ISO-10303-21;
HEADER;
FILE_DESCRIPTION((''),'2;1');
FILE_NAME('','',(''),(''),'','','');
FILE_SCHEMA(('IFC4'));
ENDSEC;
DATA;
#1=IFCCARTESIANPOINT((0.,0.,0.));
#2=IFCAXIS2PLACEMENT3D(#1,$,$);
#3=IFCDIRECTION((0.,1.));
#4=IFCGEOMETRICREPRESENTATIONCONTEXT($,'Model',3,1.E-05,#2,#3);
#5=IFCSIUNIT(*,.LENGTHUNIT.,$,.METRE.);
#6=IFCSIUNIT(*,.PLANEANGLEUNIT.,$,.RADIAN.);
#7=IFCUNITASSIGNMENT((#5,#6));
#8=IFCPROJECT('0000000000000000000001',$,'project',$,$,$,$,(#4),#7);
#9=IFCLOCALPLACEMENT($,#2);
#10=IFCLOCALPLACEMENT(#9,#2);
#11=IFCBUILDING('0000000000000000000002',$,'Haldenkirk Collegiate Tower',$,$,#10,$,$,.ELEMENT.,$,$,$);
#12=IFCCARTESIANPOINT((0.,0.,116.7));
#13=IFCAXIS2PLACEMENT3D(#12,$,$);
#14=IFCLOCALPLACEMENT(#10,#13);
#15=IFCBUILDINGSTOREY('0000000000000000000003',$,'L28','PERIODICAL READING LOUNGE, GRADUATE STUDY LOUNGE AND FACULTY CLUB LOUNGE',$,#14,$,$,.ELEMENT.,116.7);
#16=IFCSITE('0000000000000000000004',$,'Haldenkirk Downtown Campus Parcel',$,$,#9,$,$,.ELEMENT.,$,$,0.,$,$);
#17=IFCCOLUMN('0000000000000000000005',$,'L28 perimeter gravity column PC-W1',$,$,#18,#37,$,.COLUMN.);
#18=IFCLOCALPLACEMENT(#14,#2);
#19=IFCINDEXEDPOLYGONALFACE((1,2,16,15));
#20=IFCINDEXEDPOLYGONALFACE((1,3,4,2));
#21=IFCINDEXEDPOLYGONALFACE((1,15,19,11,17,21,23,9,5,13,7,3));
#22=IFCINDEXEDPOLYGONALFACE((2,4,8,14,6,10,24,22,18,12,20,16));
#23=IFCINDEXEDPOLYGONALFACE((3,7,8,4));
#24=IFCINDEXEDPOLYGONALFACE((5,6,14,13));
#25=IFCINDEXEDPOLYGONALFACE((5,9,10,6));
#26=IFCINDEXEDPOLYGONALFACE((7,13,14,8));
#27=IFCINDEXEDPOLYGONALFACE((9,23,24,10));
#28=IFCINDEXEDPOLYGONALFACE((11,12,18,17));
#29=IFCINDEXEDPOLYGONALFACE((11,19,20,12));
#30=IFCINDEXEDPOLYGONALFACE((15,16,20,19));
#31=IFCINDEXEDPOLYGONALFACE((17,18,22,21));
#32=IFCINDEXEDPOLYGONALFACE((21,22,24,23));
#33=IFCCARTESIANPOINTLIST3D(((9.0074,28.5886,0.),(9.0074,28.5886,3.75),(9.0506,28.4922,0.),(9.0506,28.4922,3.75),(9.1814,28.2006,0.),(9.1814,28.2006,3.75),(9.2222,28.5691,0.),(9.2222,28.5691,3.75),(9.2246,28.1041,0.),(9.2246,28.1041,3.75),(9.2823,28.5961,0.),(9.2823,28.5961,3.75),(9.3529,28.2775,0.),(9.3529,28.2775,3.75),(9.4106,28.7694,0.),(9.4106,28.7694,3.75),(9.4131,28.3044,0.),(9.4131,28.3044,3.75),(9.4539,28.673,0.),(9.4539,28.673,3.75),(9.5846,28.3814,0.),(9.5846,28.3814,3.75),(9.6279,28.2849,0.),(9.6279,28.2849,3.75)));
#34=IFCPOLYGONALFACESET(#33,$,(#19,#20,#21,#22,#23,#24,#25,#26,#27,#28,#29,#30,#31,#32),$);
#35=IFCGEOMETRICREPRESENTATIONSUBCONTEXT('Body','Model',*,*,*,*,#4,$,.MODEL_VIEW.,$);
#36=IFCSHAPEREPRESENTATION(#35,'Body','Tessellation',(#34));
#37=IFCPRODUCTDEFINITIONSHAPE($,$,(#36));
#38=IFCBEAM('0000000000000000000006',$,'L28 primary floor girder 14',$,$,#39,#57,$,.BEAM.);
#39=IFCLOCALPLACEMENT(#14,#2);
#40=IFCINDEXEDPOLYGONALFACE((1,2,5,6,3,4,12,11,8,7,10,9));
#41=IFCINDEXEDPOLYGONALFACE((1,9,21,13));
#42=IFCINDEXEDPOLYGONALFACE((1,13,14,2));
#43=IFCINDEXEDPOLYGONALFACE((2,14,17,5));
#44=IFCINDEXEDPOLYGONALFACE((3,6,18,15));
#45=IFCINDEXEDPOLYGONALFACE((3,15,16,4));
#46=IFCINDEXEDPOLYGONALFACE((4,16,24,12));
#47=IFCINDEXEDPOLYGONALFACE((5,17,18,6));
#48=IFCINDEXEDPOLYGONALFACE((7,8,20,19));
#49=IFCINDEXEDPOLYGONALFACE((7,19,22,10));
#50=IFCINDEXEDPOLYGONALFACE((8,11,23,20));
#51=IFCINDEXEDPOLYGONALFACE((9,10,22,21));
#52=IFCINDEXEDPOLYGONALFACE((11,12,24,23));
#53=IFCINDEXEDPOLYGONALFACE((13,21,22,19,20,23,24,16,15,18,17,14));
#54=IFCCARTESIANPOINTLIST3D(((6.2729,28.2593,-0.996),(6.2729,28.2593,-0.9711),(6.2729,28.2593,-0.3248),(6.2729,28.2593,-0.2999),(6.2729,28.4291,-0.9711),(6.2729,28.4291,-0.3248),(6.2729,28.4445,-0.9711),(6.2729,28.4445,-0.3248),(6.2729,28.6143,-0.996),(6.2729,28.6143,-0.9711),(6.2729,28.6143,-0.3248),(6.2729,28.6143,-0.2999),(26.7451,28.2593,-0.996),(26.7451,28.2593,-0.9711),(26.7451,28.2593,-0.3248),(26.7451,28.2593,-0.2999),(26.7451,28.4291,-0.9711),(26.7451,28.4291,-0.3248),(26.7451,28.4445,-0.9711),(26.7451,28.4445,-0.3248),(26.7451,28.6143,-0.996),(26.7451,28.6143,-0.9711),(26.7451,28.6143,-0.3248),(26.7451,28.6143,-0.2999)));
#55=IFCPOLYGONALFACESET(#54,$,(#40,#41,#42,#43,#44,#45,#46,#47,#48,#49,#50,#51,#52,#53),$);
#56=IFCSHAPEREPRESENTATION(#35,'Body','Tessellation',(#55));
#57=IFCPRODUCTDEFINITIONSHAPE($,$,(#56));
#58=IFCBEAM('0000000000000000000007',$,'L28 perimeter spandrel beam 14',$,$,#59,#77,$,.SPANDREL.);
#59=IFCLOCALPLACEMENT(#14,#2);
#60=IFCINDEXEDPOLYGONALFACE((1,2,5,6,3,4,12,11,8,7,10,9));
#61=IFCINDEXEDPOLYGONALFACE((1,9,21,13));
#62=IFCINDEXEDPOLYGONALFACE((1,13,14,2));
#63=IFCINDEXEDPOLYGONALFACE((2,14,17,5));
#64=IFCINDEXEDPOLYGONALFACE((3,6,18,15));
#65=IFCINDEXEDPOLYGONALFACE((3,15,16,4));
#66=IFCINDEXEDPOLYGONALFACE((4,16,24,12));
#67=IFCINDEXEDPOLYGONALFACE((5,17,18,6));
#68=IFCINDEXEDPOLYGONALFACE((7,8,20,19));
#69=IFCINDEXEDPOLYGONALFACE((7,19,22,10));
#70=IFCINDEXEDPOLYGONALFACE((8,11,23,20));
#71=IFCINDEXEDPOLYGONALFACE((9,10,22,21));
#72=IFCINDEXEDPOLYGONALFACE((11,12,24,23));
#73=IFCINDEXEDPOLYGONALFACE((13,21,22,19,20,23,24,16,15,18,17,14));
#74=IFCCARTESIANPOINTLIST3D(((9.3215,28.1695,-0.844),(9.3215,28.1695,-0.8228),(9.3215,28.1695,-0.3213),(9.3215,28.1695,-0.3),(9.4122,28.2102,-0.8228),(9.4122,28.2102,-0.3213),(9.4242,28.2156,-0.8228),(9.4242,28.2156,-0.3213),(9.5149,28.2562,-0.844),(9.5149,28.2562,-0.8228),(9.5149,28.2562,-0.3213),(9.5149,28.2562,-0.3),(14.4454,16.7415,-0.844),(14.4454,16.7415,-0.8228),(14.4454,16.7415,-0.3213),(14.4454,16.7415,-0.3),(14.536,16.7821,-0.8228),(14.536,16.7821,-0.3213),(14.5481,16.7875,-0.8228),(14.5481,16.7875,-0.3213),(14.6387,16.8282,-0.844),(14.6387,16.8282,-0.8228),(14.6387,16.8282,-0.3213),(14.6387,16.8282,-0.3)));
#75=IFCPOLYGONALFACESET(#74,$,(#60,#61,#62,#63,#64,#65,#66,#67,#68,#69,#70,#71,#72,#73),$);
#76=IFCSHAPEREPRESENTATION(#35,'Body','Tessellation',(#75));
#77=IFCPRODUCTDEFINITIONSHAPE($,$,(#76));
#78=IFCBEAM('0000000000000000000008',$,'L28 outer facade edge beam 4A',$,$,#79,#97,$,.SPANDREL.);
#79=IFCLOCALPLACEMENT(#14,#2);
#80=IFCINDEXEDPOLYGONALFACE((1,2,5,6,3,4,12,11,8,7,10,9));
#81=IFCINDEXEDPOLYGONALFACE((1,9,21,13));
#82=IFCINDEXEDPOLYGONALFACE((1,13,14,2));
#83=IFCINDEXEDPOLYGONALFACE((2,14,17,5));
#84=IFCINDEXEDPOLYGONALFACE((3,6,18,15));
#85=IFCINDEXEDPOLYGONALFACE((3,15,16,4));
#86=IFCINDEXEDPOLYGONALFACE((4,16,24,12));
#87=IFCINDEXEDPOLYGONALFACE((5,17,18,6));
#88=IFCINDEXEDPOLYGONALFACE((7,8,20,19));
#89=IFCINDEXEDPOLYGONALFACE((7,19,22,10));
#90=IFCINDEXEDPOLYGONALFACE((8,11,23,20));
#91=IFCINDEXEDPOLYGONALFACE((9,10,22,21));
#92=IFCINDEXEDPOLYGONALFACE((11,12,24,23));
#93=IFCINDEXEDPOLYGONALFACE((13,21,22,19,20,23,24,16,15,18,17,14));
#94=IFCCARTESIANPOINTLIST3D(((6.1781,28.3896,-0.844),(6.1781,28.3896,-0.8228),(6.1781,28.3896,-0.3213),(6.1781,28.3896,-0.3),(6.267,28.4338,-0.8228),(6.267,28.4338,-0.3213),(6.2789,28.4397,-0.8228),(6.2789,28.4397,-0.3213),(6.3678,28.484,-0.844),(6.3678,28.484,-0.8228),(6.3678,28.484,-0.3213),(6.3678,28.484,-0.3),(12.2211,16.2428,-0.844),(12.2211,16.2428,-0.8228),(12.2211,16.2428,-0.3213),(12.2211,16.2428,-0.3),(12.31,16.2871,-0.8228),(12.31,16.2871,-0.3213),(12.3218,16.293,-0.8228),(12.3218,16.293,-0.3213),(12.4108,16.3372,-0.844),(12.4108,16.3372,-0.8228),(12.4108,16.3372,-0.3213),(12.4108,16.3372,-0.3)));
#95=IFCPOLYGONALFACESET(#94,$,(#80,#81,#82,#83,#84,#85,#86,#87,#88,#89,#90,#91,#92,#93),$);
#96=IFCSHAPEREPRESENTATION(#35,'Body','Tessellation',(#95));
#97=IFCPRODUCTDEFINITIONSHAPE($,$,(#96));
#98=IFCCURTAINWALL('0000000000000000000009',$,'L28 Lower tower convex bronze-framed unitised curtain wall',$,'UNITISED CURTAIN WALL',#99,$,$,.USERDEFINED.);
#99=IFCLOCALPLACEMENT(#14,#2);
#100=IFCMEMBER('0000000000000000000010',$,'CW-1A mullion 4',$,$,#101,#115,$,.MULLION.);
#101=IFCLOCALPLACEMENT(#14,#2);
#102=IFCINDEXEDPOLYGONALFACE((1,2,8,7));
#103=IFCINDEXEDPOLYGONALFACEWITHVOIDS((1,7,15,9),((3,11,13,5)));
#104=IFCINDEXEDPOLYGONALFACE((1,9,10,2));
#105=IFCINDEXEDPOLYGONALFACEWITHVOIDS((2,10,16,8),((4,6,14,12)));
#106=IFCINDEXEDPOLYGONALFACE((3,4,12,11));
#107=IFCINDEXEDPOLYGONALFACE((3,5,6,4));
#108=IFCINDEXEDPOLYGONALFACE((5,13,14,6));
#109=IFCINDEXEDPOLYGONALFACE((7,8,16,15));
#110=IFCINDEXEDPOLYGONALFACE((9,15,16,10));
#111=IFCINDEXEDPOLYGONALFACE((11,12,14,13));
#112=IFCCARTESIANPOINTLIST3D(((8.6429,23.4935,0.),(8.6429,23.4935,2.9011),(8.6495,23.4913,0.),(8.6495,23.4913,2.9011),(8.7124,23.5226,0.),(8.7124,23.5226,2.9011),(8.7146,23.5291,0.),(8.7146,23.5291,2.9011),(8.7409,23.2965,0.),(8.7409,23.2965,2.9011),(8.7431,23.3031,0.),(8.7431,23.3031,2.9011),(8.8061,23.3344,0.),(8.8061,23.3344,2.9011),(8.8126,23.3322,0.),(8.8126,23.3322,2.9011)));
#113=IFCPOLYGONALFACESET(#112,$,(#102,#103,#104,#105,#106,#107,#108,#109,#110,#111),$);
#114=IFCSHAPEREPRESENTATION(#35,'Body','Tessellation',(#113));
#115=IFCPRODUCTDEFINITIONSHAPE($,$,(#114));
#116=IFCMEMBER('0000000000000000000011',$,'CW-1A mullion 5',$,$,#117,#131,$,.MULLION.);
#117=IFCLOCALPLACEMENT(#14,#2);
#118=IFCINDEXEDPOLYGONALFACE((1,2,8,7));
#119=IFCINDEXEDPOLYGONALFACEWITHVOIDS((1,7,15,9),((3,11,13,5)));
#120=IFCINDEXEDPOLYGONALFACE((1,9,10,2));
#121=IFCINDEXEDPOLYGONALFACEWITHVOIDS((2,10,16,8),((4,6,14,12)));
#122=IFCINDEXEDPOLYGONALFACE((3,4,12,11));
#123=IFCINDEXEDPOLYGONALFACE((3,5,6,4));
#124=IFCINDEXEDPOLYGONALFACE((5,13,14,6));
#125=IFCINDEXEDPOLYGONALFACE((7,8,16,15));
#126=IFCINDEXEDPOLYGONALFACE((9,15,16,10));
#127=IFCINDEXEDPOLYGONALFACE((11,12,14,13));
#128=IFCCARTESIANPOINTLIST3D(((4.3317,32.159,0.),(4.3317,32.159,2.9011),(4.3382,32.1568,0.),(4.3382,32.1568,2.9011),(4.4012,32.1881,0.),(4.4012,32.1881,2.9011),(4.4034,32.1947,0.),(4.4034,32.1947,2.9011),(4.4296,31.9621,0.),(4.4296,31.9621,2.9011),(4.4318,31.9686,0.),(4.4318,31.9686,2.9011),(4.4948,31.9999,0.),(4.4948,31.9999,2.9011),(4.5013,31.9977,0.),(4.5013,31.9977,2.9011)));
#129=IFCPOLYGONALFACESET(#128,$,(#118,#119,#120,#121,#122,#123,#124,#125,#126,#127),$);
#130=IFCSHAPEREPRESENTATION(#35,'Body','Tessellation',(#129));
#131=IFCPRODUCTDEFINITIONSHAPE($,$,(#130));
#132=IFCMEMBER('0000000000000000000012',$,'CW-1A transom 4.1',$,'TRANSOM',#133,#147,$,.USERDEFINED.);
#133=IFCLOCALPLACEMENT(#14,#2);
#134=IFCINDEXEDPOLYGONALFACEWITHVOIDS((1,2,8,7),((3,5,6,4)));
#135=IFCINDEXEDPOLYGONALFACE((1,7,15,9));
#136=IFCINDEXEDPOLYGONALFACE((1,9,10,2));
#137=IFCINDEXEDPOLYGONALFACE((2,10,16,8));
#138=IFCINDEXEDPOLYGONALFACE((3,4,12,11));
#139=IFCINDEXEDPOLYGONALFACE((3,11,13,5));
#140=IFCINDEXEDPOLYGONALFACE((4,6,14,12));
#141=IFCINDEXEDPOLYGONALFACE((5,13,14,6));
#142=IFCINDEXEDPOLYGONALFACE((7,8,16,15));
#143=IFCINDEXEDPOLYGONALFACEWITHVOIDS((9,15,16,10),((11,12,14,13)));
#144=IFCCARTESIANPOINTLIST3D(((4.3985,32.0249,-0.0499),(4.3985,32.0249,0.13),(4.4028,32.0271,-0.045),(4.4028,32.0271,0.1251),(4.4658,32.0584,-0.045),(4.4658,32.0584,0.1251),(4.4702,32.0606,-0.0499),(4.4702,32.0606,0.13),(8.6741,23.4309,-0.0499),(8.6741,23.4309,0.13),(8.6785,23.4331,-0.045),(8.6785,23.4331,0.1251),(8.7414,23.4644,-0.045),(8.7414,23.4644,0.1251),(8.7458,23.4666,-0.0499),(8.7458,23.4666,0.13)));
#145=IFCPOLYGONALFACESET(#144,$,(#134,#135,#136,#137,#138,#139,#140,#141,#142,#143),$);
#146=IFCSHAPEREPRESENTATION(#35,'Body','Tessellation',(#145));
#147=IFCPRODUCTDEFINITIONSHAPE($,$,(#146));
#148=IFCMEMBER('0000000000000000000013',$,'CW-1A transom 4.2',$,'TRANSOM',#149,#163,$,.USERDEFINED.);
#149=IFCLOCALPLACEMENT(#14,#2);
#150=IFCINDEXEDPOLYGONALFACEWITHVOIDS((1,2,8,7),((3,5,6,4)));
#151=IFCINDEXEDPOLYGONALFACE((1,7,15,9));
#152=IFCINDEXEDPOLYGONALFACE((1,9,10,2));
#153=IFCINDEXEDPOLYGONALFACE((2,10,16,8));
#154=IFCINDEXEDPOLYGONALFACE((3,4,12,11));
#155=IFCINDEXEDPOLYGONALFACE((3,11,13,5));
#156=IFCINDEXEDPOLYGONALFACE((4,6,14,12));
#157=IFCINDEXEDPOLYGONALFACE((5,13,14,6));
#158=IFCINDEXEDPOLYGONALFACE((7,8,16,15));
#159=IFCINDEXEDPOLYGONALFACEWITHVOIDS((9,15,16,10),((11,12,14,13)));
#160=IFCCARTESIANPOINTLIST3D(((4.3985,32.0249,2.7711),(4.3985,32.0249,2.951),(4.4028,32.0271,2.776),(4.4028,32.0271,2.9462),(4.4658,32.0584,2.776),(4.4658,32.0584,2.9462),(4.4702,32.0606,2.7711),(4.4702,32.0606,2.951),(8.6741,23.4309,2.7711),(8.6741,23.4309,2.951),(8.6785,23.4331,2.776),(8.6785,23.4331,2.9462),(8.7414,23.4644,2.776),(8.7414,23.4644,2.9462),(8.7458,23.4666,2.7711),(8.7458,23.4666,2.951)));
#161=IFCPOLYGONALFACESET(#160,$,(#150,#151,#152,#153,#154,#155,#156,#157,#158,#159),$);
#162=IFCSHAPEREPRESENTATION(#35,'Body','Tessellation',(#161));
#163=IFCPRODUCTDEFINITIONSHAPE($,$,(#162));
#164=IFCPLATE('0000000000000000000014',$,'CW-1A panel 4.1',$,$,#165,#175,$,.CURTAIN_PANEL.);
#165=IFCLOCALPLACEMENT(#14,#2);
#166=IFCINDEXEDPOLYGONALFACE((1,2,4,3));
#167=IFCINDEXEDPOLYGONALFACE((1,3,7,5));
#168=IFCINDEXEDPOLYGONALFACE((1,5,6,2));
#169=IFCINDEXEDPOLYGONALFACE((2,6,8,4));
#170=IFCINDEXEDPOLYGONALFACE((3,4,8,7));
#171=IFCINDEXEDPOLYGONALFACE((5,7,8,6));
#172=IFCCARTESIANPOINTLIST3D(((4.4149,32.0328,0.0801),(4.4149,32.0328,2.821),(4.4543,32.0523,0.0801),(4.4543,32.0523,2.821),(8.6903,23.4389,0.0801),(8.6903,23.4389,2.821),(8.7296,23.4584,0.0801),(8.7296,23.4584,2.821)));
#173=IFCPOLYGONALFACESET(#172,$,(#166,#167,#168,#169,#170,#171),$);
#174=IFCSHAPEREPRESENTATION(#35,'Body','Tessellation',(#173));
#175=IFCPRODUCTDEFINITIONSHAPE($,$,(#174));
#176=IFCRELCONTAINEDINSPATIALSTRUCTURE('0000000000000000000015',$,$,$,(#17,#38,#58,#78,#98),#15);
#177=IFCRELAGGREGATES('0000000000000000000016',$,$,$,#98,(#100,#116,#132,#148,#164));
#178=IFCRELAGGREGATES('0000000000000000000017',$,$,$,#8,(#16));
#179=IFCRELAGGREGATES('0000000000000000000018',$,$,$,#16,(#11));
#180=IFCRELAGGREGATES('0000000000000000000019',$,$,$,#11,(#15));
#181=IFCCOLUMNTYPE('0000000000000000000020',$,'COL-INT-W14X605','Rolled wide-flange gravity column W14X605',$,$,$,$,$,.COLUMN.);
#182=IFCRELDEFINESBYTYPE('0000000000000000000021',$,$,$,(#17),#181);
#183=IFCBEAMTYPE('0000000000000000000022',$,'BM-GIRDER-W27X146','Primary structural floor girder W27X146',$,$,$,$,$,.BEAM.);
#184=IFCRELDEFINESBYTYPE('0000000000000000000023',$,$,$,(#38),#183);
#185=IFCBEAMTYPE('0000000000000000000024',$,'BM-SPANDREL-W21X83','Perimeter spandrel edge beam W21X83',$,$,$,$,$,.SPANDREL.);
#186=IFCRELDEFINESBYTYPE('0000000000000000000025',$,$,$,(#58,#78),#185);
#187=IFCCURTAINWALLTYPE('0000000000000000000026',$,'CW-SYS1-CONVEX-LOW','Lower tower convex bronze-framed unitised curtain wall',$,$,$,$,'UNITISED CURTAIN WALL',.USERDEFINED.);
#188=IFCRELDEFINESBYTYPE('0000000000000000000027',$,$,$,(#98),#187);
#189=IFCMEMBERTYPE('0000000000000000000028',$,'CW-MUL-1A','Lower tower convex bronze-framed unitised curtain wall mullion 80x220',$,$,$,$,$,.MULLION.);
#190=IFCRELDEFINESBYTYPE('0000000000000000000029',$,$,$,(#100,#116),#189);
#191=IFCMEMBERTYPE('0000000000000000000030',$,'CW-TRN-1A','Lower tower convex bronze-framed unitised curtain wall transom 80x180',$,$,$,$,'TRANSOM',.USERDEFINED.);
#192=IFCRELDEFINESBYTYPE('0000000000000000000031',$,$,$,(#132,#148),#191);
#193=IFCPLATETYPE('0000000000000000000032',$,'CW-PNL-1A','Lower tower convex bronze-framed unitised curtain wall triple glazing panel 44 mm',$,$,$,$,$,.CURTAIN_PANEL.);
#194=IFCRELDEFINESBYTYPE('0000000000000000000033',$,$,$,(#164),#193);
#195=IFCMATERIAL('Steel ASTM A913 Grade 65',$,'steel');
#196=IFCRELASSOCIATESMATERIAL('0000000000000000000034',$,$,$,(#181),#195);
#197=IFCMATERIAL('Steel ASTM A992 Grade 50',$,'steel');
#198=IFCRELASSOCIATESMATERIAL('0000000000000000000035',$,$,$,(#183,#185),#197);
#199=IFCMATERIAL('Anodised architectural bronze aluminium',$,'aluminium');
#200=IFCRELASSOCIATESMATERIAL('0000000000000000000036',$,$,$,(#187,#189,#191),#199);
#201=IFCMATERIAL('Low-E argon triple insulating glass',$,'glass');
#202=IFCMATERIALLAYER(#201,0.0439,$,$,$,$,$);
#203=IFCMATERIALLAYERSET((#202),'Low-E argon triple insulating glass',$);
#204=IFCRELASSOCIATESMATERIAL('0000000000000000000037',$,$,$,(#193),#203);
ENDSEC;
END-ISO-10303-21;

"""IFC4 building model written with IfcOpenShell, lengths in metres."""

from ifc_helpers import new_model, si_unit, direction, frame, origin, origin_2d, place, context, subcontext, project, spatial, rectangle, hollow_rectangle, i_section, extrude, source, transform, mapped, material, layer, layer_set, material_profile, profile_set, type_object, element, aggregate, save


model = new_model("IFC4")

# Units and contexts
model_context = context("Model", 3, precision=1e-05, world=origin(), true_north=direction((0.0, 1.0)))
body_context = subcontext(model_context, "Body", "Model", "MODEL_VIEW")
ifc_project = project(units=[si_unit("LENGTHUNIT", "METRE"), si_unit("PLANEANGLEUNIT", "RADIAN")], contexts=[model_context])

# Site, building, storey
site_placement = place(None, origin())
site = spatial("IfcSite", under=ifc_project, at=site_placement, Name="Haldenkirk Downtown Campus Parcel", CompositionType="ELEMENT", RefElevation=0.0)
building_placement = place(site_placement, origin())
building = spatial("IfcBuilding", under=site, at=building_placement, Name="Haldenkirk Collegiate Tower", CompositionType="ELEMENT")
storey_placement = place(building_placement, frame((0.0, 0.0, 116.7)))
storey = spatial("IfcBuildingStorey", under=building, at=storey_placement, Name="L28", Description="PERIODICAL READING LOUNGE, GRADUATE STUDY LOUNGE AND FACULTY CLUB LOUNGE", CompositionType="ELEMENT", Elevation=116.7)

# Column
ifc_material_1 = material(Name="Steel ASTM A913 Grade 65", Category="steel")
ifc_material_profile_1 = material_profile(ifc_material_1, i_section(OverallWidth=0.4419, OverallDepth=0.531, WebThickness=0.0659, FlangeThickness=0.1057, at=origin_2d()), Name="W14X605")
ifc_profile_set_1 = profile_set([ifc_material_profile_1], Name="Steel ASTM A913 Grade 65")
column_type = type_object("IfcColumnType", Name="COL-INT-W14X605", Description="Rolled wide-flange gravity column W14X605", PredefinedType="COLUMN", material=ifc_profile_set_1)
column_placement = place(storey_placement, frame((9.3176, 28.4368, 0.0), z_axis=(0.0, 0.0, 1.0), x_axis=(0.912477, 0.409127, 0.0)))
element("IfcColumn", 1, at=column_placement, inside=storey, type_object=column_type, Name="L28 perimeter gravity column PC-W1", PredefinedType="COLUMN", context=body_context, shape_type="SweptSolid", body=[
    extrude(i_section(OverallWidth=0.4419, OverallDepth=0.531, WebThickness=0.0659, FlangeThickness=0.1057, at=origin_2d()), origin(), (0.0, 0.0, 1.0), 3.75),
])

# Beams
ifc_material_2 = material(Name="Steel ASTM A992 Grade 50", Category="steel")
ifc_material_profile_2 = material_profile(ifc_material_2, i_section(OverallWidth=0.355, OverallDepth=0.696, WebThickness=0.0154, FlangeThickness=0.0249, at=origin_2d()), Name="W27X146")
ifc_profile_set_2 = profile_set([ifc_material_profile_2], Name="Steel ASTM A992 Grade 50")
beam_type_1 = type_object("IfcBeamType", Name="BM-GIRDER-W27X146", Description="Primary structural floor girder W27X146", PredefinedType="BEAM", material=ifc_profile_set_2)
beam_1_placement = place(storey_placement, frame((6.2729, 28.4368, -0.6479), z_axis=(1.0, 0.0, 0.0), x_axis=(0.0, 1.0, 0.0)))
element("IfcBeam", 2, at=beam_1_placement, inside=storey, type_object=beam_type_1, Name="L28 primary floor girder 14", PredefinedType="BEAM", context=body_context, shape_type="SweptSolid", body=[
    extrude(i_section(OverallWidth=0.355, OverallDepth=0.696, WebThickness=0.0154, FlangeThickness=0.0249, at=origin_2d()), origin(), (0.0, 0.0, 1.0), 20.4722),
])
ifc_material_profile_3 = material_profile(ifc_material_2, i_section(OverallWidth=0.2119, OverallDepth=0.5439, WebThickness=0.0132, FlangeThickness=0.0212, at=origin_2d()), Name="W21X83")
ifc_profile_set_3 = profile_set([ifc_material_profile_3], Name="Steel ASTM A992 Grade 50")
beam_type_2 = type_object("IfcBeamType", Name="BM-SPANDREL-W21X83", Description="Perimeter spandrel edge beam W21X83", PredefinedType="SPANDREL", material=ifc_profile_set_3)
beam_2_placement = place(storey_placement, frame((9.4182, 28.2129, -0.572), z_axis=(0.409115, -0.912483, 0.0), x_axis=(0.912483, 0.409115, 0.0)))
element("IfcBeam", 3, at=beam_2_placement, inside=storey, type_object=beam_type_2, Name="L28 perimeter spandrel beam 14", PredefinedType="SPANDREL", context=body_context, shape_type="SweptSolid", body=[
    extrude(i_section(OverallWidth=0.2119, OverallDepth=0.5439, WebThickness=0.0132, FlangeThickness=0.0212, at=origin_2d()), origin(), (0.0, 0.0, 1.0), 12.5242),
])
beam_3_placement = place(storey_placement, frame((6.2729, 28.4368, -0.572), z_axis=(0.44542, -0.895322, 0.0), x_axis=(0.895322, 0.44542, 0.0)))
element("IfcBeam", 4, at=beam_3_placement, inside=storey, type_object=beam_type_2, Name="L28 outer facade edge beam 4A", PredefinedType="SPANDREL", context=body_context, shape_type="SweptSolid", body=[
    extrude(i_section(OverallWidth=0.2119, OverallDepth=0.5439, WebThickness=0.0132, FlangeThickness=0.0212, at=origin_2d()), origin(), (0.0, 0.0, 1.0), 13.5669),
])

# Curtain wall, members, plate
ifc_material_3 = material(Name="Anodised architectural bronze aluminium", Category="aluminium")
curtain_wall_type = type_object("IfcCurtainWallType", Name="CW-SYS1-CONVEX-LOW", Description="Lower tower convex bronze-framed unitised curtain wall", ElementType="UNITISED CURTAIN WALL", PredefinedType="USERDEFINED", material=ifc_material_3)
curtain_wall_placement = place(storey_placement, origin())
curtain_wall = element("IfcCurtainWall", 5, at=curtain_wall_placement, inside=storey, type_object=curtain_wall_type, Name="L28 Lower tower convex bronze-framed unitised curtain wall", ObjectType="UNITISED CURTAIN WALL", PredefinedType="USERDEFINED")
ifc_material_profile_4 = material_profile(ifc_material_3, hollow_rectangle(XDim=0.0801, YDim=0.22, WallThickness=0.0049, at=origin_2d()), Name="CW-MUL-1A")
ifc_profile_set_4 = profile_set([ifc_material_profile_4], Name="Anodised architectural bronze aluminium")
member_type_1 = type_object("IfcMemberType", Name="CW-MUL-1A", Description="Lower tower convex bronze-framed unitised curtain wall mullion 80x220", PredefinedType="MULLION", material=ifc_profile_set_4)
member_1_placement = place(storey_placement, frame((8.7278, 23.4128, 0.0), z_axis=(0.0, 0.0, 1.0), x_axis=(-0.895324, -0.445415, 0.0)))
member_1 = element("IfcMember", 6, at=member_1_placement, type_object=member_type_1, Name="CW-1A mullion 4", PredefinedType="MULLION", context=body_context, shape_type="SweptSolid", body=[
    extrude(hollow_rectangle(XDim=0.0801, YDim=0.22, WallThickness=0.0049, at=origin_2d()), origin(), (0.0, 0.0, 1.0), 2.9011),
])
member_2_placement = place(storey_placement, frame((4.4165, 32.0784, 0.0), z_axis=(0.0, 0.0, 1.0), x_axis=(-0.895324, -0.445415, 0.0)))
member_2 = element("IfcMember", 7, at=member_2_placement, type_object=member_type_1, Name="CW-1A mullion 5", PredefinedType="MULLION", context=body_context, shape_type="SweptSolid", body=[
    extrude(hollow_rectangle(XDim=0.0801, YDim=0.22, WallThickness=0.0049, at=origin_2d()), origin(), (0.0, 0.0, 1.0), 2.9011),
])
ifc_material_profile_5 = material_profile(ifc_material_3, hollow_rectangle(XDim=0.0801, YDim=0.1799, WallThickness=0.0049, at=origin_2d()), Name="CW-TRN-1A")
ifc_profile_set_5 = profile_set([ifc_material_profile_5], Name="Anodised architectural bronze aluminium")
member_type_2 = type_object("IfcMemberType", Name="CW-TRN-1A", Description="Lower tower convex bronze-framed unitised curtain wall transom 80x180", ElementType="TRANSOM", PredefinedType="USERDEFINED", material=ifc_profile_set_5)
member_3_placement = place(storey_placement, frame((8.71, 23.4487, 0.04), z_axis=(-0.445432, 0.895316, 0.0), x_axis=(-0.895316, -0.445432, 0.0)))
member_3 = element("IfcMember", 8, at=member_3_placement, type_object=member_type_2, Name="CW-1A transom 4.1", ObjectType="TRANSOM", PredefinedType="USERDEFINED", context=body_context, shape_type="SweptSolid", body=[
    extrude(hollow_rectangle(XDim=0.0801, YDim=0.1799, WallThickness=0.0049, at=origin_2d()), origin(), (0.0, 0.0, 1.0), 9.5989),
])
member_4_placement = place(storey_placement, frame((8.71, 23.4487, 2.8611), z_axis=(-0.445432, 0.895316, 0.0), x_axis=(-0.895316, -0.445432, 0.0)))
member_4 = element("IfcMember", 9, at=member_4_placement, type_object=member_type_2, Name="CW-1A transom 4.2", ObjectType="TRANSOM", PredefinedType="USERDEFINED", context=body_context, shape_type="SweptSolid", body=[
    extrude(hollow_rectangle(XDim=0.0801, YDim=0.1799, WallThickness=0.0049, at=origin_2d()), origin(), (0.0, 0.0, 1.0), 9.5989),
])
ifc_material_4 = material(Name="Low-E argon triple insulating glass", Category="glass")
ifc_layer_1 = layer(ifc_material_4, 0.0439)
ifc_layer_set_1 = layer_set([ifc_layer_1], Name="Low-E argon triple insulating glass")
plate_type = type_object("IfcPlateType", Name="CW-PNL-1A", Description="Lower tower convex bronze-framed unitised curtain wall triple glazing panel 44 mm", PredefinedType="CURTAIN_PANEL", material=ifc_layer_set_1)
shared_shape_1 = source(origin(), body_context, "Body", "SweptSolid", [
    extrude(rectangle(XDim=9.5986, YDim=0.0439, at=origin_2d()), origin(), (0.0, 0.0, 1.0), 2.741),
])
plate_1_placement = place(storey_placement, frame((6.5723, 27.7456, 0.0801), z_axis=(0.0, 0.0, 1.0), x_axis=(-0.445415, 0.895324, 0.0)))
plate_1 = element("IfcPlate", 10, at=plate_1_placement, type_object=plate_type, Name="CW-1A panel 4.1", PredefinedType="CURTAIN_PANEL", context=body_context, shape_type="MappedRepresentation", body=[
    mapped(shared_shape_1, transform((0.0, 0.0, 0.0), x_axis=(1.0, 0.0, 0.0), y_axis=(0.0, 1.0, 0.0), z_axis=(0.0, 0.0, 1.0), scale=1.0)),
])
aggregate(curtain_wall, [member_1, member_2, member_3, member_4, plate_1])

save(model, "model.ifc")
